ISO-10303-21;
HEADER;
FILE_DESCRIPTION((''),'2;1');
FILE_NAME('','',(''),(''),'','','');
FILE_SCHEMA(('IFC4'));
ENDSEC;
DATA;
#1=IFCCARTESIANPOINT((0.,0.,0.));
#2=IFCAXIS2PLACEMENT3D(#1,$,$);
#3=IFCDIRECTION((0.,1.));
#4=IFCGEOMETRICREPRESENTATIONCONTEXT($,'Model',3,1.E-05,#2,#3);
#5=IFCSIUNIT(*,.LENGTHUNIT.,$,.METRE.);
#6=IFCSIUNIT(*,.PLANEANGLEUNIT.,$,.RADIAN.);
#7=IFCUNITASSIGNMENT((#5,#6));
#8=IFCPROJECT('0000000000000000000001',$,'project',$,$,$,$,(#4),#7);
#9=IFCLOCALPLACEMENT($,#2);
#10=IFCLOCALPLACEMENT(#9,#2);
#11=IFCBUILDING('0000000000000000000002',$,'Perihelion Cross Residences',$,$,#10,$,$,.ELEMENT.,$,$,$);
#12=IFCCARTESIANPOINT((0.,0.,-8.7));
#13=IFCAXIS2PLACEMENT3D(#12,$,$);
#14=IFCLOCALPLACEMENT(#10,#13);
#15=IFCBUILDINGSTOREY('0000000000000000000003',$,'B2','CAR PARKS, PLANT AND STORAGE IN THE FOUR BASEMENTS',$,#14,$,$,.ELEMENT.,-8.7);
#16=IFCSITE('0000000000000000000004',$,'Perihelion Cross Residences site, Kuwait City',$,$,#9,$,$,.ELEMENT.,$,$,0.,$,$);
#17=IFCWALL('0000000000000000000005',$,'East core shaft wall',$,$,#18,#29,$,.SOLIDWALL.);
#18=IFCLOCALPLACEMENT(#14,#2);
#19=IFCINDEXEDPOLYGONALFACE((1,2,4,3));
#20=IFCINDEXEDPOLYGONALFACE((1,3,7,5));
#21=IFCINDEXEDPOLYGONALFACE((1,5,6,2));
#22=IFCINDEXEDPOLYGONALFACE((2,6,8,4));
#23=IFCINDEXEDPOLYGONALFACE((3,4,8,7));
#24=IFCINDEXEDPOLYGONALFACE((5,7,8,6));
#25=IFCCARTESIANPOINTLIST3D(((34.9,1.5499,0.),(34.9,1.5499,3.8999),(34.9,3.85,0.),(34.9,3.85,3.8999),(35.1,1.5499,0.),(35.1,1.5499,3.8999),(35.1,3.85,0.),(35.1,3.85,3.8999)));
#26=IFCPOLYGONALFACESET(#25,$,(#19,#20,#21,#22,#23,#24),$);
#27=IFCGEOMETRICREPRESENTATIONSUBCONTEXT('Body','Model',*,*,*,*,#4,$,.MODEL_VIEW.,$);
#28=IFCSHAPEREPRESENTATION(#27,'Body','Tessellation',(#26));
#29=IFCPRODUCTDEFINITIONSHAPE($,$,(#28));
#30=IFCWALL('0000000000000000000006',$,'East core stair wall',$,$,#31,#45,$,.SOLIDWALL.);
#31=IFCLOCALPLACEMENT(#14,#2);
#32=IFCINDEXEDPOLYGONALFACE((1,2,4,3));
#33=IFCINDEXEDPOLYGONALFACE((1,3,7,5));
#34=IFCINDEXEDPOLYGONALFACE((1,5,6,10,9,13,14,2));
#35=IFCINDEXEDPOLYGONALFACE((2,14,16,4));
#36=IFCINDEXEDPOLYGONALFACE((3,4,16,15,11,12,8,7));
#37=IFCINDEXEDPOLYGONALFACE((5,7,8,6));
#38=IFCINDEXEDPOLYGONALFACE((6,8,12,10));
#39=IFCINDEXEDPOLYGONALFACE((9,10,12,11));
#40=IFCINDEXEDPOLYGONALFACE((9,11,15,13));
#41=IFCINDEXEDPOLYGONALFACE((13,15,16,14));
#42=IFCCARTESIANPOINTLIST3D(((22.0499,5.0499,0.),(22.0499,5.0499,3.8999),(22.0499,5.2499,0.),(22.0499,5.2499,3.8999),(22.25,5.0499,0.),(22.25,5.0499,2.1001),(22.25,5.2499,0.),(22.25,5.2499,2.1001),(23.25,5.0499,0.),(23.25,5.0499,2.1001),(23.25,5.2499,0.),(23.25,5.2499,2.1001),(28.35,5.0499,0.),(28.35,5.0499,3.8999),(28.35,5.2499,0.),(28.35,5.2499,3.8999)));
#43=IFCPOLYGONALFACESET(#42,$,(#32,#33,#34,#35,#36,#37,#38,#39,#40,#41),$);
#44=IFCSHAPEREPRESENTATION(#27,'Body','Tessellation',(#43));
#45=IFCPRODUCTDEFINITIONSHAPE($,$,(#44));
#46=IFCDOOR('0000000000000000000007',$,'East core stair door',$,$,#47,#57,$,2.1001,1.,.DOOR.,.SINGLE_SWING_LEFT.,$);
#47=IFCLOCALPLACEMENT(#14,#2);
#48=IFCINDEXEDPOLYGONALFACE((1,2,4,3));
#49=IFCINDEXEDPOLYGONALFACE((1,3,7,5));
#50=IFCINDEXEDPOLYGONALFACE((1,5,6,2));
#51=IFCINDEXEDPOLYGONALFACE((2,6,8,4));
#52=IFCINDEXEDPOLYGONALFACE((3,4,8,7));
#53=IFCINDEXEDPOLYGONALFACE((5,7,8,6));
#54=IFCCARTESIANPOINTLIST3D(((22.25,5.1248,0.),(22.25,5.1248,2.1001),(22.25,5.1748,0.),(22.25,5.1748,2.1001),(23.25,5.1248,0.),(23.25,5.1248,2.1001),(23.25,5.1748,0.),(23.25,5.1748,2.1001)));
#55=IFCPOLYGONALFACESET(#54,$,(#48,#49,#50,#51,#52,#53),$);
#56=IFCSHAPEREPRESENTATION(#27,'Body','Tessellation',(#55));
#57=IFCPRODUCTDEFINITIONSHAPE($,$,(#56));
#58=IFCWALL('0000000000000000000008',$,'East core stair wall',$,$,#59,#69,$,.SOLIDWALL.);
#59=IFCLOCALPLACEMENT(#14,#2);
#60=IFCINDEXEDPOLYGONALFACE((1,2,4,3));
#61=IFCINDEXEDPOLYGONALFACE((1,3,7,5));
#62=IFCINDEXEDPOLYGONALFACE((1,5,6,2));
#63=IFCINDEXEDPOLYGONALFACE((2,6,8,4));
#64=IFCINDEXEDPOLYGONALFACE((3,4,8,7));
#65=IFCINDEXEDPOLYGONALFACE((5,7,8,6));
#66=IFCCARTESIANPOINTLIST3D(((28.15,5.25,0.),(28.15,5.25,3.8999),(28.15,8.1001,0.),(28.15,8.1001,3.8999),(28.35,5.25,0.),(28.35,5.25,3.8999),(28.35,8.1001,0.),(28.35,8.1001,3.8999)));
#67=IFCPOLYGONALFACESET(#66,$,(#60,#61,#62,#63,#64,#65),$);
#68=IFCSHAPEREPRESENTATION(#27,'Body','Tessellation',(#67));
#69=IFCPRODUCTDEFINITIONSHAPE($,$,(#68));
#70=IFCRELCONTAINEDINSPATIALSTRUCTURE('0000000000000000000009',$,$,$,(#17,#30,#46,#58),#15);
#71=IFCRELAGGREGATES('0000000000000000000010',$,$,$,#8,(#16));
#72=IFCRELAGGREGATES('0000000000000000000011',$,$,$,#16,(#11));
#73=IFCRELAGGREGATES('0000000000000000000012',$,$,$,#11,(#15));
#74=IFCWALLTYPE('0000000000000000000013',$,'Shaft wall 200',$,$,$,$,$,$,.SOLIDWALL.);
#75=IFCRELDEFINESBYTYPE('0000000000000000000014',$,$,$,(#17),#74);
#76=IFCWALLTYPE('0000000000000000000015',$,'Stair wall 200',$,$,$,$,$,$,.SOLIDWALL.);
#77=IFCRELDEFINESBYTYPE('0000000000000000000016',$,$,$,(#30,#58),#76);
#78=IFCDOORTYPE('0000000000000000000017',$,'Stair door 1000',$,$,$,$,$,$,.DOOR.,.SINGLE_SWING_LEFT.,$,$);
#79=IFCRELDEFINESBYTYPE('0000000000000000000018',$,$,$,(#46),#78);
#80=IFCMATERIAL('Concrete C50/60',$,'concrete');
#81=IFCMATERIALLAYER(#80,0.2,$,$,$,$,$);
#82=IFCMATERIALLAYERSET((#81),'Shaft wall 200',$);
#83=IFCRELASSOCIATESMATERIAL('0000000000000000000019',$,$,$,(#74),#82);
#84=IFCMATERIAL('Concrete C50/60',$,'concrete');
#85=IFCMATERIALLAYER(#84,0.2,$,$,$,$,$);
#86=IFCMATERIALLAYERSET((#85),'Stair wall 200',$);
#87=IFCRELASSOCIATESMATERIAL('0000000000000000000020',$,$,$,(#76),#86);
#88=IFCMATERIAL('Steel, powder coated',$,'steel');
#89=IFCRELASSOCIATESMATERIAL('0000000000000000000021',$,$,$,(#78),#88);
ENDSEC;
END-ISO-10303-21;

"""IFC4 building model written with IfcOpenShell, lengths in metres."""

from ifc_helpers import new_model, si_unit, direction, frame, frame_2d, origin, place, context, subcontext, project, spatial, rectangle, extrude, material, layer, layer_set, type_object, element, fill, save


model = new_model("IFC4")

# Units and contexts
model_context = context("Model", 3, precision=1e-05, world=origin(), true_north=direction((0.0, 1.0)))
body_context = subcontext(model_context, "Body", "Model", "MODEL_VIEW")
ifc_project = project(units=[si_unit("LENGTHUNIT", "METRE"), si_unit("PLANEANGLEUNIT", "RADIAN")], contexts=[model_context])

# Site, building, storey
site_placement = place(None, origin())
site = spatial("IfcSite", under=ifc_project, at=site_placement, Name="Perihelion Cross Residences site, Kuwait City", CompositionType="ELEMENT", RefElevation=0.0)
building_placement = place(site_placement, origin())
building = spatial("IfcBuilding", under=site, at=building_placement, Name="Perihelion Cross Residences", CompositionType="ELEMENT")
storey_placement = place(building_placement, frame((0.0, 0.0, -8.7)))
storey = spatial("IfcBuildingStorey", under=building, at=storey_placement, Name="B2", Description="CAR PARKS, PLANT AND STORAGE IN THE FOUR BASEMENTS", CompositionType="ELEMENT", Elevation=-8.7)

# Shared definitions
ifc_material_1 = material(Name="Concrete C50/60", Category="concrete")
ifc_layer_1 = layer(ifc_material_1, 0.2)
ifc_layer_set_1 = layer_set([ifc_layer_1], Name="Shaft wall 200")
wall_type_1 = type_object("IfcWallType", Name="Shaft wall 200", PredefinedType="SOLIDWALL", material=ifc_layer_set_1)

# Wall
for number, where, z_axis, x_axis, name in (
    (1, (35.0, 1.55, 0.0), (0.0, 0.0, 1.0), (0.0, 1.0, 0.0), "East core shaft wall"),
):
    element("IfcWall", number, at=place(storey_placement, frame(where, z_axis=z_axis, x_axis=x_axis)), inside=storey, type_object=wall_type_1, Name=name, PredefinedType="SOLIDWALL", context=body_context, shape_type="SweptSolid", body=[
        extrude(rectangle(XDim=2.3, YDim=0.2, at=frame_2d((1.1499, 0.0))), origin(), (0.0, 0.0, 1.0), 3.8999),
    ])

# Wall, opening, door
ifc_material_2 = material(Name="Concrete C50/60", Category="concrete")
ifc_layer_2 = layer(ifc_material_2, 0.2)
ifc_layer_set_2 = layer_set([ifc_layer_2], Name="Stair wall 200")
wall_type_2 = type_object("IfcWallType", Name="Stair wall 200", PredefinedType="SOLIDWALL", material=ifc_layer_set_2)
wall_1_placement = place(storey_placement, frame((22.05, 5.1499, 0.0), z_axis=(0.0, 0.0, 1.0), x_axis=(1.0, 0.0, 0.0)))
wall_1 = element("IfcWall", 2, at=wall_1_placement, inside=storey, type_object=wall_type_2, Name="East core stair wall", PredefinedType="SOLIDWALL", context=body_context, shape_type="SweptSolid", body=[
    extrude(rectangle(XDim=6.3, YDim=0.2, at=frame_2d((3.1499, 0.0))), origin(), (0.0, 0.0, 1.0), 3.8999),
])
opening_1_placement = place(wall_1_placement, frame((0.2, 0.0, 0.0)))
opening_1 = element("IfcOpeningElement", 3, at=opening_1_placement, cuts=wall_1, PredefinedType="OPENING", context=body_context, shape_type="SweptSolid", body=[
    extrude(rectangle(XDim=1.0, YDim=2.1001, at=frame_2d((0.5, 1.05))), frame((0.0, 0.1099, 0.0), z_axis=(0.0, -1.0, 0.0), x_axis=(1.0, 0.0, 0.0)), (0.0, 0.0, 1.0), 0.22),
])
ifc_material_3 = material(Name="Steel, powder coated", Category="steel")
door_type_1 = type_object("IfcDoorType", Name="Stair door 1000", OperationType="SINGLE_SWING_LEFT", PredefinedType="DOOR", material=ifc_material_3)
door_1_placement = place(opening_1_placement, origin())
door_1 = element("IfcDoor", 4, at=door_1_placement, inside=storey, type_object=door_type_1, Name="East core stair door", OperationType="SINGLE_SWING_LEFT", OverallHeight=2.1001, OverallWidth=1.0, PredefinedType="DOOR", context=body_context, shape_type="SweptSolid", body=[
    extrude(rectangle(XDim=1.0, YDim=2.1001, at=frame_2d((0.5, 1.05))), frame((0.0, 0.0249, 0.0), z_axis=(0.0, -1.0, 0.0), x_axis=(1.0, 0.0, 0.0)), (0.0, 0.0, 1.0), 0.05),
])
fill(opening_1, door_1)

# Wall
wall_2_placement = place(storey_placement, frame((28.25, 5.25, 0.0), z_axis=(0.0, 0.0, 1.0), x_axis=(0.0, 1.0, 0.0)))
element("IfcWall", 5, at=wall_2_placement, inside=storey, type_object=wall_type_2, Name="East core stair wall", PredefinedType="SOLIDWALL", context=body_context, shape_type="SweptSolid", body=[
    extrude(rectangle(XDim=2.8501, YDim=0.2, at=frame_2d((1.425, 0.0))), origin(), (0.0, 0.0, 1.0), 3.8999),
])

save(model, "model.ifc")
